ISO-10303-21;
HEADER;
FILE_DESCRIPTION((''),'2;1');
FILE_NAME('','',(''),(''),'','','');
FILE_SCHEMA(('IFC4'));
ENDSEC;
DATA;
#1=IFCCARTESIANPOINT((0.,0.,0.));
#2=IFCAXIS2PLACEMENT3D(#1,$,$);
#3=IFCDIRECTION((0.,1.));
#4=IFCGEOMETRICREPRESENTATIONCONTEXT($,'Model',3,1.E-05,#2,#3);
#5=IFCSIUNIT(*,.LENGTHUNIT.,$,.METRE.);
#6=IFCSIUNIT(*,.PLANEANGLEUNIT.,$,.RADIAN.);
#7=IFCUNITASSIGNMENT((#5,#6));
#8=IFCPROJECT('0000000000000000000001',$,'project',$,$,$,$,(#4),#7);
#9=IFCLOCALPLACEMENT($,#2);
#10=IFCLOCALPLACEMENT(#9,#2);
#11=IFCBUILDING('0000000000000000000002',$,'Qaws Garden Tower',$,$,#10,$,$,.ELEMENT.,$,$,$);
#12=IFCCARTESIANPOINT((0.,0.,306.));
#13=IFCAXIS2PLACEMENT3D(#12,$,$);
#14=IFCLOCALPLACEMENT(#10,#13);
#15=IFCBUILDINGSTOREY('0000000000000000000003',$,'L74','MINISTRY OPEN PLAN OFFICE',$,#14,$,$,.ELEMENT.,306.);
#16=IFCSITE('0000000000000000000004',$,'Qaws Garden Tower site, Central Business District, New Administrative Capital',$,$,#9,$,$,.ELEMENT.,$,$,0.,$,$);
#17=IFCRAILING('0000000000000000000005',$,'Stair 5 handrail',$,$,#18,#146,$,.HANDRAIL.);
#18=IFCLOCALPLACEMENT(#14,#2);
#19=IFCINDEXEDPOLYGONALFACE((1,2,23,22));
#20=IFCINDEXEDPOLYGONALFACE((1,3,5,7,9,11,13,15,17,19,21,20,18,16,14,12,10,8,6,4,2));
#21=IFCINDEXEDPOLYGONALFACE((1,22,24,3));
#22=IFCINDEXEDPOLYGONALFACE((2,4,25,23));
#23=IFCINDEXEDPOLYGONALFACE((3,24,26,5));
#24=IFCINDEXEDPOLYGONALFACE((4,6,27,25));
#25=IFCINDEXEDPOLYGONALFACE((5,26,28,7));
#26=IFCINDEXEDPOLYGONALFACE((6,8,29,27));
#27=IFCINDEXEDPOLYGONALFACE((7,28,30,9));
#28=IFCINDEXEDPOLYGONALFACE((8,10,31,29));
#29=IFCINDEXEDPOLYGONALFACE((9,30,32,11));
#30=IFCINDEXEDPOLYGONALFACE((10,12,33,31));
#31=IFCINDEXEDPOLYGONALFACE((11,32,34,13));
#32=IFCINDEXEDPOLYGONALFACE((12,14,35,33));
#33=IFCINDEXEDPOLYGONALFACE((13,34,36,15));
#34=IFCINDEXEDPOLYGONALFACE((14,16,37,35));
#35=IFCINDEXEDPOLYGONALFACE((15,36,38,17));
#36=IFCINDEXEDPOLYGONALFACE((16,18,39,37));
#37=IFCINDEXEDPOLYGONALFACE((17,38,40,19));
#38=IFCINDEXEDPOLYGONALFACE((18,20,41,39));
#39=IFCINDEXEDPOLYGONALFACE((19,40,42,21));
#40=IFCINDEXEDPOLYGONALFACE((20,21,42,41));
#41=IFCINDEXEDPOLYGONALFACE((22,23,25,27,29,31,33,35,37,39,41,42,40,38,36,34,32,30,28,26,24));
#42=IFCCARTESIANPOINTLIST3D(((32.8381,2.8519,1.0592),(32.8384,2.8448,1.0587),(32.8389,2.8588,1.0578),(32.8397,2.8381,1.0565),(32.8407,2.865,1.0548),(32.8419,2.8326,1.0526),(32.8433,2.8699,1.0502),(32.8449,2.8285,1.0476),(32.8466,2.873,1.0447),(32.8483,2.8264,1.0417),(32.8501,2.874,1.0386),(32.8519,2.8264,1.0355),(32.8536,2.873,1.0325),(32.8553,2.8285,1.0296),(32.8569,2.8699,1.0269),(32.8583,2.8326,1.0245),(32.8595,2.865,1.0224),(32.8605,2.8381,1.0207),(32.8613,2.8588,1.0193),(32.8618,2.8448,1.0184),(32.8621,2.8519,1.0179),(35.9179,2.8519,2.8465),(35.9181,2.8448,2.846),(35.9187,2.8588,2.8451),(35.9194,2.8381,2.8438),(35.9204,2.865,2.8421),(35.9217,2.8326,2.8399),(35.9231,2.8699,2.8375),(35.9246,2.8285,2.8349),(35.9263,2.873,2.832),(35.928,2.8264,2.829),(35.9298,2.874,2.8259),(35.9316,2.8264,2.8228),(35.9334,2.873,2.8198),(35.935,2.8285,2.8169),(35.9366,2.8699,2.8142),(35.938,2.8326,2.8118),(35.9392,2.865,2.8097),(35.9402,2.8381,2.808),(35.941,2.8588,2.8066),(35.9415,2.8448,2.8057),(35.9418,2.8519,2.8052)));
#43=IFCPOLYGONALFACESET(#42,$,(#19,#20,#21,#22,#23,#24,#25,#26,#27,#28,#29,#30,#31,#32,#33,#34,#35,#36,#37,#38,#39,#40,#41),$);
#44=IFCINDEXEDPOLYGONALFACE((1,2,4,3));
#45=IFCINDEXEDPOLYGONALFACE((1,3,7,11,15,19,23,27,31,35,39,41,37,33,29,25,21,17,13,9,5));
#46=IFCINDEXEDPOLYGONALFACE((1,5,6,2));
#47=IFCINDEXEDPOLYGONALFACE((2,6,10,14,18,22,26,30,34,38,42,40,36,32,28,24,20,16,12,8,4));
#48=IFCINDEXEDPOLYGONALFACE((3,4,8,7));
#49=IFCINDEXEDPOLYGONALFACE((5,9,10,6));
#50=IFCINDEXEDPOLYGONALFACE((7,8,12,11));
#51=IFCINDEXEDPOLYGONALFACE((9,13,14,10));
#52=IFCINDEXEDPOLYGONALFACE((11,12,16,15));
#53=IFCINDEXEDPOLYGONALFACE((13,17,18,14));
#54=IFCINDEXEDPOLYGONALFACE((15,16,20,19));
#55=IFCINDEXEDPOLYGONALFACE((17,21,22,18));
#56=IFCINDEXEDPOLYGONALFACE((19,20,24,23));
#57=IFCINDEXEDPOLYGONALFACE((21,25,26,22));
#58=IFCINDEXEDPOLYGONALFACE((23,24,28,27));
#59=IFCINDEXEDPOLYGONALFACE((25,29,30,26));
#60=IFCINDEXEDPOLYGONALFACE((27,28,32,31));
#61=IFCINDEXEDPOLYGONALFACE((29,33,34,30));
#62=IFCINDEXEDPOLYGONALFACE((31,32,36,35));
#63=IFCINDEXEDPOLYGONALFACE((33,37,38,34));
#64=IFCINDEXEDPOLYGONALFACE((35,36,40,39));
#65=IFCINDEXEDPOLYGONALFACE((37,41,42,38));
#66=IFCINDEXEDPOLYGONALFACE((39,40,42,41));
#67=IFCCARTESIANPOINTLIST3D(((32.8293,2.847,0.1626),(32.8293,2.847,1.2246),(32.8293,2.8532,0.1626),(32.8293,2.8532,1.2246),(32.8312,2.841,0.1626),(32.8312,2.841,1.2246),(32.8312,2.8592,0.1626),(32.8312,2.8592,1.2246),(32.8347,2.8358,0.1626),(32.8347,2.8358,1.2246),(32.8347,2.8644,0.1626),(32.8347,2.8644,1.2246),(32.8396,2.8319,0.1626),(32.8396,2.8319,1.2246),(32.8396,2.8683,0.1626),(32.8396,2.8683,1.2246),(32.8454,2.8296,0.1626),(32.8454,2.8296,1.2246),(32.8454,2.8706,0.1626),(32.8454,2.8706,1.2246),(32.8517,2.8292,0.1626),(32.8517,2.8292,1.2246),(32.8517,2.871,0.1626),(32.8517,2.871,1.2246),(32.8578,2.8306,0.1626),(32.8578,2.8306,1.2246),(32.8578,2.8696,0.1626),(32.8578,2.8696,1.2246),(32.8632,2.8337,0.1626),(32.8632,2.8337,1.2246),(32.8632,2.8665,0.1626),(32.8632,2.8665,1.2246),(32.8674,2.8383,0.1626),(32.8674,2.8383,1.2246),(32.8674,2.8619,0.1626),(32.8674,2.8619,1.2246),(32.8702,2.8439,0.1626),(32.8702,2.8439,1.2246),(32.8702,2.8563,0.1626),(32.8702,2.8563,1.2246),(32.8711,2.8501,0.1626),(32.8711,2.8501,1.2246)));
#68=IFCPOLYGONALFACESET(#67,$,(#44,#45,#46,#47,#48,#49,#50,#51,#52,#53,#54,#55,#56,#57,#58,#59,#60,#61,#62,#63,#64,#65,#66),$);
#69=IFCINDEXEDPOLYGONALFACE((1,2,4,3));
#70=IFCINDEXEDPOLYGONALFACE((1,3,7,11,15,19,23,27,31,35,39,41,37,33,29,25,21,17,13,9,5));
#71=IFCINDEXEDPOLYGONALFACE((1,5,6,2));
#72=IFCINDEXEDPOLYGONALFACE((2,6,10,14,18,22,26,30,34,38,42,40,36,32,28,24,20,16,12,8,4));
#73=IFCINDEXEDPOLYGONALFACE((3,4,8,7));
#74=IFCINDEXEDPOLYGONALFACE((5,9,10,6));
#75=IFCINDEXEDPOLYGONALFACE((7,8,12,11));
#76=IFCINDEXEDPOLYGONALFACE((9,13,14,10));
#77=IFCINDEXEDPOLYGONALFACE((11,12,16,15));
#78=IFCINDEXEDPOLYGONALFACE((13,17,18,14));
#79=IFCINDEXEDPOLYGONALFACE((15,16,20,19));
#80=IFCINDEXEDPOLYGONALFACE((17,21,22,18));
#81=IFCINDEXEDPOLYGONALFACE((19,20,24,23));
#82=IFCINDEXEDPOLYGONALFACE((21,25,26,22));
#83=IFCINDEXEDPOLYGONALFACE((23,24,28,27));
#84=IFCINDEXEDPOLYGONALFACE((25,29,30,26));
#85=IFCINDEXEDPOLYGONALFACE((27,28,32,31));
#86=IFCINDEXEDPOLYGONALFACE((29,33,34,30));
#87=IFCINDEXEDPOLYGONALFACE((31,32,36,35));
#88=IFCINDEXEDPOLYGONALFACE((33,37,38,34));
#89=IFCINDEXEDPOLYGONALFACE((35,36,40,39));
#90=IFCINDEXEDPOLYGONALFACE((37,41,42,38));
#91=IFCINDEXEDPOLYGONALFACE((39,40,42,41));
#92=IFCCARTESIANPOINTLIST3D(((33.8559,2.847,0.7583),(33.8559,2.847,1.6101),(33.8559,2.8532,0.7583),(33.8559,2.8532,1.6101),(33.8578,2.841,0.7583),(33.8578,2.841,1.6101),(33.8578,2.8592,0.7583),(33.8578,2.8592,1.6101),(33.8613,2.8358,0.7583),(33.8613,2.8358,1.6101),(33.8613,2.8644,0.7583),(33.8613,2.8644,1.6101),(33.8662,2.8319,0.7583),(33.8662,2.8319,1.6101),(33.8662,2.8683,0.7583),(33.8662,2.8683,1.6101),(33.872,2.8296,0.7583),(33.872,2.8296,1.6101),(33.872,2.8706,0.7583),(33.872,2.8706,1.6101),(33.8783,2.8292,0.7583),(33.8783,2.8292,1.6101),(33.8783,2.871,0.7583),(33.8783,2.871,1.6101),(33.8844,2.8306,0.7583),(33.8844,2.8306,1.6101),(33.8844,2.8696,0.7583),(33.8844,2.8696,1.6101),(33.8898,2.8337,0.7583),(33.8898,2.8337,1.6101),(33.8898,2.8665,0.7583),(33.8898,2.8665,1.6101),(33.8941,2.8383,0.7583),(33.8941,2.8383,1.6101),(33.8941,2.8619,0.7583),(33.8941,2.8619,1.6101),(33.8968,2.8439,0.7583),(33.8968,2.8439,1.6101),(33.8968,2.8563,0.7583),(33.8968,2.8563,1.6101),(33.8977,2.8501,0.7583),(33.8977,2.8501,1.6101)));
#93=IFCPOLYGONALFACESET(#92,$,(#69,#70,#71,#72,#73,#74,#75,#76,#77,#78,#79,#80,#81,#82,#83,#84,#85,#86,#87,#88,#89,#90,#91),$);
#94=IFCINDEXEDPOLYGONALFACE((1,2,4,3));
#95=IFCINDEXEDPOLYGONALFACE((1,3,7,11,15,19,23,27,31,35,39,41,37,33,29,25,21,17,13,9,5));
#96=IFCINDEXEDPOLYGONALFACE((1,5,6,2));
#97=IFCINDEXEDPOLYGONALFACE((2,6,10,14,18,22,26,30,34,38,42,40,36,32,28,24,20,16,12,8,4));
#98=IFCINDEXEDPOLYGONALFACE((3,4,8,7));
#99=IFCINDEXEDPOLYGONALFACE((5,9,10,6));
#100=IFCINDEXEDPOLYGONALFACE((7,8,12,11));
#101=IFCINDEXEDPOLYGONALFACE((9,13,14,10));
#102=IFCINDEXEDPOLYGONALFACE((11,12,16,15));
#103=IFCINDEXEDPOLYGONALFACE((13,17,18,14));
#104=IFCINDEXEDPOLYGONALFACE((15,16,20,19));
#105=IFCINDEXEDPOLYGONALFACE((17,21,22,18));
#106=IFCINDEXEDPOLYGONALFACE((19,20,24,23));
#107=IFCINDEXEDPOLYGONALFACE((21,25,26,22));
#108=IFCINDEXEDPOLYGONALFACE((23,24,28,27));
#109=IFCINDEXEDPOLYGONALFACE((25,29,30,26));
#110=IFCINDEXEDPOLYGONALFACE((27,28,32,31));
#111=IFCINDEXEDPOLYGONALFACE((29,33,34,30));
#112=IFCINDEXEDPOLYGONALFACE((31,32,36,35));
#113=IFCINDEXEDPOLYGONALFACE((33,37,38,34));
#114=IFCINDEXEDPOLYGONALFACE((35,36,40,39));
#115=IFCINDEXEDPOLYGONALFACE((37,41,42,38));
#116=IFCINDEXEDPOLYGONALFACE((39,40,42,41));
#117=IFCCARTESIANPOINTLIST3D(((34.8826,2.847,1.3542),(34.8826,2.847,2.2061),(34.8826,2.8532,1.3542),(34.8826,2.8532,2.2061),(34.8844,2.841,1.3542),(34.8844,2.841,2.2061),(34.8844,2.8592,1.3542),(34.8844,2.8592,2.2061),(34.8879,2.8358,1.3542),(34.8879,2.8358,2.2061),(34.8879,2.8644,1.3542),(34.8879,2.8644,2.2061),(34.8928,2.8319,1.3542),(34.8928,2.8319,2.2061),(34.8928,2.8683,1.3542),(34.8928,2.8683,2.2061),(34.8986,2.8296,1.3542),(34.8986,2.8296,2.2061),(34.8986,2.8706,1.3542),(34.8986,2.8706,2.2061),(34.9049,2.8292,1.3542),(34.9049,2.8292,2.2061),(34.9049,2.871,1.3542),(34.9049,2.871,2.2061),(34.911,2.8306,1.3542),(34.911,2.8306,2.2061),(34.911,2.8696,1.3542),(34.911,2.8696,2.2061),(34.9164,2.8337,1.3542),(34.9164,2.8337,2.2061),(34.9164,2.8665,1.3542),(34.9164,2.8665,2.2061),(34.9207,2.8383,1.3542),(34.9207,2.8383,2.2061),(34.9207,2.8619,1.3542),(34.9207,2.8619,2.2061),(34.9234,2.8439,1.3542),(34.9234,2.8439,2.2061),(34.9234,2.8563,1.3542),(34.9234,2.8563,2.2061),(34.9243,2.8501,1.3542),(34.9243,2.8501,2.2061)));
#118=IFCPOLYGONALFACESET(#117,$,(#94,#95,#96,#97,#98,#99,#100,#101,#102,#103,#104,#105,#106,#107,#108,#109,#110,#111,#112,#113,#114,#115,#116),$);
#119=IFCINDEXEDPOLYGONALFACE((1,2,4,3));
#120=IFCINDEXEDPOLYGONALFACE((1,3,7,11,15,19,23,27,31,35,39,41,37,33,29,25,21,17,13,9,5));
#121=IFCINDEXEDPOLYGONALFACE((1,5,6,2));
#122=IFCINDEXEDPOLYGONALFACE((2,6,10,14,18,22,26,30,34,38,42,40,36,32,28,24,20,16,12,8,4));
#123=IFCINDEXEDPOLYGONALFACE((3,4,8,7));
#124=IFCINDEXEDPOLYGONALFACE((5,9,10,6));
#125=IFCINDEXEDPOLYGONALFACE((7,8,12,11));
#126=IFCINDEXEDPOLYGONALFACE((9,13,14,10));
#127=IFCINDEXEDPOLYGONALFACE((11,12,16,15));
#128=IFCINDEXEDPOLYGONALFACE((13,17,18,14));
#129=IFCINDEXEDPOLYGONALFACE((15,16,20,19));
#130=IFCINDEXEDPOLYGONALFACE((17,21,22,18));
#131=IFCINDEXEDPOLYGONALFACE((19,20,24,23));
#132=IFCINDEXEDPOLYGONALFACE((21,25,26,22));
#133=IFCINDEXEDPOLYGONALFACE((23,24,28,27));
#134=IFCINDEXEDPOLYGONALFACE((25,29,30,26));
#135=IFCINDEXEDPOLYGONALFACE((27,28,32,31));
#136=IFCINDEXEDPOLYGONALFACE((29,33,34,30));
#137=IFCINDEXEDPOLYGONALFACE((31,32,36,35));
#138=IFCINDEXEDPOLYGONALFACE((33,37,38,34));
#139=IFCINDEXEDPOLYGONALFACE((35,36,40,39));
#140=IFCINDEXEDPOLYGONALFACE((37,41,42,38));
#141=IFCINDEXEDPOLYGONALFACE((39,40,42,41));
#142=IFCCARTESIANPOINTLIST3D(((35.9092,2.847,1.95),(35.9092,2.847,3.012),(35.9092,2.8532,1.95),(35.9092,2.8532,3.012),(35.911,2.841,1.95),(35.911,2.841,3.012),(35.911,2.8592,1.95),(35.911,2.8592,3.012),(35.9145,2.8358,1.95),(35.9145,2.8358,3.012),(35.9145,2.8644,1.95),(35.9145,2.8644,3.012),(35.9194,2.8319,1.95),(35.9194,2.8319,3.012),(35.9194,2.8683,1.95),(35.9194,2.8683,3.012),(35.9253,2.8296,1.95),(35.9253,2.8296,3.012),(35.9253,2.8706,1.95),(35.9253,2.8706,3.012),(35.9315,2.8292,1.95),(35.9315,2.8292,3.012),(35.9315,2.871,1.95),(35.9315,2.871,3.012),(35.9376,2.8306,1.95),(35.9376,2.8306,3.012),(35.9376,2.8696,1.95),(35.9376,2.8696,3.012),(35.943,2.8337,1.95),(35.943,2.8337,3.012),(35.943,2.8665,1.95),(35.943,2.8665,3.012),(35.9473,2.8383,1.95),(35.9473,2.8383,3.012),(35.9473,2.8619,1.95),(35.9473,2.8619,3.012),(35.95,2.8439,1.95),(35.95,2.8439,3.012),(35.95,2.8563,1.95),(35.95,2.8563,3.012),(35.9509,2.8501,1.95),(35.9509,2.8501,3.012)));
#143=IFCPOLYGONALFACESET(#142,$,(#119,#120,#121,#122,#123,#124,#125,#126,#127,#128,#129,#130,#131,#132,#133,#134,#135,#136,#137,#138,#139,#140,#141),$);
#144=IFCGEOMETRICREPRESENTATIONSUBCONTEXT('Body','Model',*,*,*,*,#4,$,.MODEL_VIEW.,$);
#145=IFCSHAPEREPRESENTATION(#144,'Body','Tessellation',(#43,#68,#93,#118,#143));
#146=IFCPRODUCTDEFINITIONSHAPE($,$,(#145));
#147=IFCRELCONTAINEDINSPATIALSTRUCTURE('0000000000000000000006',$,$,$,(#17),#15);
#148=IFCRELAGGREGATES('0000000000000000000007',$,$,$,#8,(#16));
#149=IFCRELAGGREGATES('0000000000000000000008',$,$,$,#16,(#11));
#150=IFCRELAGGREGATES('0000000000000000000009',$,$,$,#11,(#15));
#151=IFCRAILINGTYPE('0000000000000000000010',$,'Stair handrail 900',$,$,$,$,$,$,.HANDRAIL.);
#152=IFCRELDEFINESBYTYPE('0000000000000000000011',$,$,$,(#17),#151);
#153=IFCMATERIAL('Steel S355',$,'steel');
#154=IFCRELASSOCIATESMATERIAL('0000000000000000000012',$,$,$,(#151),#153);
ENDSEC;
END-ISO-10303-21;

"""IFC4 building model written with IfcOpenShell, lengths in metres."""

from ifc_helpers import new_model, si_unit, direction, frame, origin, origin_2d, place, context, subcontext, project, spatial, circle, extrude, material, type_object, element, save


model = new_model("IFC4")

# Units and contexts
model_context = context("Model", 3, precision=1e-05, world=origin(), true_north=direction((0.0, 1.0)))
body_context = subcontext(model_context, "Body", "Model", "MODEL_VIEW")
ifc_project = project(units=[si_unit("LENGTHUNIT", "METRE"), si_unit("PLANEANGLEUNIT", "RADIAN")], contexts=[model_context])

# Site, building, storey
site_placement = place(None, origin())
site = spatial("IfcSite", under=ifc_project, at=site_placement, Name="Qaws Garden Tower site, Central Business District, New Administrative Capital", CompositionType="ELEMENT", RefElevation=0.0)
building_placement = place(site_placement, origin())
building = spatial("IfcBuilding", under=site, at=building_placement, Name="Qaws Garden Tower", CompositionType="ELEMENT")
storey_placement = place(building_placement, frame((0.0, 0.0, 306.0)))
storey = spatial("IfcBuildingStorey", under=building, at=storey_placement, Name="L74", Description="MINISTRY OPEN PLAN OFFICE", CompositionType="ELEMENT", Elevation=306.0)

# Railing
ifc_material_1 = material(Name="Steel S355", Category="steel")
railing_type = type_object("IfcRailingType", Name="Stair handrail 900", PredefinedType="HANDRAIL", material=ifc_material_1)
railing_1_placement = place(storey_placement, frame((32.8501, 2.8501, 0.1626)))
element("IfcRailing", 1, at=railing_1_placement, inside=storey, type_object=railing_type, Name="Stair 5 handrail", PredefinedType="HANDRAIL", context=body_context, shape_type="SweptSolid", body=[
    extrude(circle(Radius=0.0239, at=origin_2d()), frame((0.0, 0.0, 0.876), z_axis=(0.864903, 0.0, 0.501939), x_axis=(0.0, 1.0, 0.0)), (0.0, 0.0, 1.0), 3.5608),
    extrude(circle(Radius=0.021, at=origin_2d()), origin(), (0.0, 0.0, 1.0), 1.062),
    extrude(circle(Radius=0.021, at=origin_2d()), frame((1.0266, 0.0, 0.5957)), (0.0, 0.0, 1.0), 0.8518),
    extrude(circle(Radius=0.021, at=origin_2d()), frame((2.0532, 0.0, 1.1917)), (0.0, 0.0, 1.0), 0.8518),
    extrude(circle(Radius=0.021, at=origin_2d()), frame((3.0798, 0.0, 1.7874)), (0.0, 0.0, 1.0), 1.062),
])

save(model, "model.ifc")
